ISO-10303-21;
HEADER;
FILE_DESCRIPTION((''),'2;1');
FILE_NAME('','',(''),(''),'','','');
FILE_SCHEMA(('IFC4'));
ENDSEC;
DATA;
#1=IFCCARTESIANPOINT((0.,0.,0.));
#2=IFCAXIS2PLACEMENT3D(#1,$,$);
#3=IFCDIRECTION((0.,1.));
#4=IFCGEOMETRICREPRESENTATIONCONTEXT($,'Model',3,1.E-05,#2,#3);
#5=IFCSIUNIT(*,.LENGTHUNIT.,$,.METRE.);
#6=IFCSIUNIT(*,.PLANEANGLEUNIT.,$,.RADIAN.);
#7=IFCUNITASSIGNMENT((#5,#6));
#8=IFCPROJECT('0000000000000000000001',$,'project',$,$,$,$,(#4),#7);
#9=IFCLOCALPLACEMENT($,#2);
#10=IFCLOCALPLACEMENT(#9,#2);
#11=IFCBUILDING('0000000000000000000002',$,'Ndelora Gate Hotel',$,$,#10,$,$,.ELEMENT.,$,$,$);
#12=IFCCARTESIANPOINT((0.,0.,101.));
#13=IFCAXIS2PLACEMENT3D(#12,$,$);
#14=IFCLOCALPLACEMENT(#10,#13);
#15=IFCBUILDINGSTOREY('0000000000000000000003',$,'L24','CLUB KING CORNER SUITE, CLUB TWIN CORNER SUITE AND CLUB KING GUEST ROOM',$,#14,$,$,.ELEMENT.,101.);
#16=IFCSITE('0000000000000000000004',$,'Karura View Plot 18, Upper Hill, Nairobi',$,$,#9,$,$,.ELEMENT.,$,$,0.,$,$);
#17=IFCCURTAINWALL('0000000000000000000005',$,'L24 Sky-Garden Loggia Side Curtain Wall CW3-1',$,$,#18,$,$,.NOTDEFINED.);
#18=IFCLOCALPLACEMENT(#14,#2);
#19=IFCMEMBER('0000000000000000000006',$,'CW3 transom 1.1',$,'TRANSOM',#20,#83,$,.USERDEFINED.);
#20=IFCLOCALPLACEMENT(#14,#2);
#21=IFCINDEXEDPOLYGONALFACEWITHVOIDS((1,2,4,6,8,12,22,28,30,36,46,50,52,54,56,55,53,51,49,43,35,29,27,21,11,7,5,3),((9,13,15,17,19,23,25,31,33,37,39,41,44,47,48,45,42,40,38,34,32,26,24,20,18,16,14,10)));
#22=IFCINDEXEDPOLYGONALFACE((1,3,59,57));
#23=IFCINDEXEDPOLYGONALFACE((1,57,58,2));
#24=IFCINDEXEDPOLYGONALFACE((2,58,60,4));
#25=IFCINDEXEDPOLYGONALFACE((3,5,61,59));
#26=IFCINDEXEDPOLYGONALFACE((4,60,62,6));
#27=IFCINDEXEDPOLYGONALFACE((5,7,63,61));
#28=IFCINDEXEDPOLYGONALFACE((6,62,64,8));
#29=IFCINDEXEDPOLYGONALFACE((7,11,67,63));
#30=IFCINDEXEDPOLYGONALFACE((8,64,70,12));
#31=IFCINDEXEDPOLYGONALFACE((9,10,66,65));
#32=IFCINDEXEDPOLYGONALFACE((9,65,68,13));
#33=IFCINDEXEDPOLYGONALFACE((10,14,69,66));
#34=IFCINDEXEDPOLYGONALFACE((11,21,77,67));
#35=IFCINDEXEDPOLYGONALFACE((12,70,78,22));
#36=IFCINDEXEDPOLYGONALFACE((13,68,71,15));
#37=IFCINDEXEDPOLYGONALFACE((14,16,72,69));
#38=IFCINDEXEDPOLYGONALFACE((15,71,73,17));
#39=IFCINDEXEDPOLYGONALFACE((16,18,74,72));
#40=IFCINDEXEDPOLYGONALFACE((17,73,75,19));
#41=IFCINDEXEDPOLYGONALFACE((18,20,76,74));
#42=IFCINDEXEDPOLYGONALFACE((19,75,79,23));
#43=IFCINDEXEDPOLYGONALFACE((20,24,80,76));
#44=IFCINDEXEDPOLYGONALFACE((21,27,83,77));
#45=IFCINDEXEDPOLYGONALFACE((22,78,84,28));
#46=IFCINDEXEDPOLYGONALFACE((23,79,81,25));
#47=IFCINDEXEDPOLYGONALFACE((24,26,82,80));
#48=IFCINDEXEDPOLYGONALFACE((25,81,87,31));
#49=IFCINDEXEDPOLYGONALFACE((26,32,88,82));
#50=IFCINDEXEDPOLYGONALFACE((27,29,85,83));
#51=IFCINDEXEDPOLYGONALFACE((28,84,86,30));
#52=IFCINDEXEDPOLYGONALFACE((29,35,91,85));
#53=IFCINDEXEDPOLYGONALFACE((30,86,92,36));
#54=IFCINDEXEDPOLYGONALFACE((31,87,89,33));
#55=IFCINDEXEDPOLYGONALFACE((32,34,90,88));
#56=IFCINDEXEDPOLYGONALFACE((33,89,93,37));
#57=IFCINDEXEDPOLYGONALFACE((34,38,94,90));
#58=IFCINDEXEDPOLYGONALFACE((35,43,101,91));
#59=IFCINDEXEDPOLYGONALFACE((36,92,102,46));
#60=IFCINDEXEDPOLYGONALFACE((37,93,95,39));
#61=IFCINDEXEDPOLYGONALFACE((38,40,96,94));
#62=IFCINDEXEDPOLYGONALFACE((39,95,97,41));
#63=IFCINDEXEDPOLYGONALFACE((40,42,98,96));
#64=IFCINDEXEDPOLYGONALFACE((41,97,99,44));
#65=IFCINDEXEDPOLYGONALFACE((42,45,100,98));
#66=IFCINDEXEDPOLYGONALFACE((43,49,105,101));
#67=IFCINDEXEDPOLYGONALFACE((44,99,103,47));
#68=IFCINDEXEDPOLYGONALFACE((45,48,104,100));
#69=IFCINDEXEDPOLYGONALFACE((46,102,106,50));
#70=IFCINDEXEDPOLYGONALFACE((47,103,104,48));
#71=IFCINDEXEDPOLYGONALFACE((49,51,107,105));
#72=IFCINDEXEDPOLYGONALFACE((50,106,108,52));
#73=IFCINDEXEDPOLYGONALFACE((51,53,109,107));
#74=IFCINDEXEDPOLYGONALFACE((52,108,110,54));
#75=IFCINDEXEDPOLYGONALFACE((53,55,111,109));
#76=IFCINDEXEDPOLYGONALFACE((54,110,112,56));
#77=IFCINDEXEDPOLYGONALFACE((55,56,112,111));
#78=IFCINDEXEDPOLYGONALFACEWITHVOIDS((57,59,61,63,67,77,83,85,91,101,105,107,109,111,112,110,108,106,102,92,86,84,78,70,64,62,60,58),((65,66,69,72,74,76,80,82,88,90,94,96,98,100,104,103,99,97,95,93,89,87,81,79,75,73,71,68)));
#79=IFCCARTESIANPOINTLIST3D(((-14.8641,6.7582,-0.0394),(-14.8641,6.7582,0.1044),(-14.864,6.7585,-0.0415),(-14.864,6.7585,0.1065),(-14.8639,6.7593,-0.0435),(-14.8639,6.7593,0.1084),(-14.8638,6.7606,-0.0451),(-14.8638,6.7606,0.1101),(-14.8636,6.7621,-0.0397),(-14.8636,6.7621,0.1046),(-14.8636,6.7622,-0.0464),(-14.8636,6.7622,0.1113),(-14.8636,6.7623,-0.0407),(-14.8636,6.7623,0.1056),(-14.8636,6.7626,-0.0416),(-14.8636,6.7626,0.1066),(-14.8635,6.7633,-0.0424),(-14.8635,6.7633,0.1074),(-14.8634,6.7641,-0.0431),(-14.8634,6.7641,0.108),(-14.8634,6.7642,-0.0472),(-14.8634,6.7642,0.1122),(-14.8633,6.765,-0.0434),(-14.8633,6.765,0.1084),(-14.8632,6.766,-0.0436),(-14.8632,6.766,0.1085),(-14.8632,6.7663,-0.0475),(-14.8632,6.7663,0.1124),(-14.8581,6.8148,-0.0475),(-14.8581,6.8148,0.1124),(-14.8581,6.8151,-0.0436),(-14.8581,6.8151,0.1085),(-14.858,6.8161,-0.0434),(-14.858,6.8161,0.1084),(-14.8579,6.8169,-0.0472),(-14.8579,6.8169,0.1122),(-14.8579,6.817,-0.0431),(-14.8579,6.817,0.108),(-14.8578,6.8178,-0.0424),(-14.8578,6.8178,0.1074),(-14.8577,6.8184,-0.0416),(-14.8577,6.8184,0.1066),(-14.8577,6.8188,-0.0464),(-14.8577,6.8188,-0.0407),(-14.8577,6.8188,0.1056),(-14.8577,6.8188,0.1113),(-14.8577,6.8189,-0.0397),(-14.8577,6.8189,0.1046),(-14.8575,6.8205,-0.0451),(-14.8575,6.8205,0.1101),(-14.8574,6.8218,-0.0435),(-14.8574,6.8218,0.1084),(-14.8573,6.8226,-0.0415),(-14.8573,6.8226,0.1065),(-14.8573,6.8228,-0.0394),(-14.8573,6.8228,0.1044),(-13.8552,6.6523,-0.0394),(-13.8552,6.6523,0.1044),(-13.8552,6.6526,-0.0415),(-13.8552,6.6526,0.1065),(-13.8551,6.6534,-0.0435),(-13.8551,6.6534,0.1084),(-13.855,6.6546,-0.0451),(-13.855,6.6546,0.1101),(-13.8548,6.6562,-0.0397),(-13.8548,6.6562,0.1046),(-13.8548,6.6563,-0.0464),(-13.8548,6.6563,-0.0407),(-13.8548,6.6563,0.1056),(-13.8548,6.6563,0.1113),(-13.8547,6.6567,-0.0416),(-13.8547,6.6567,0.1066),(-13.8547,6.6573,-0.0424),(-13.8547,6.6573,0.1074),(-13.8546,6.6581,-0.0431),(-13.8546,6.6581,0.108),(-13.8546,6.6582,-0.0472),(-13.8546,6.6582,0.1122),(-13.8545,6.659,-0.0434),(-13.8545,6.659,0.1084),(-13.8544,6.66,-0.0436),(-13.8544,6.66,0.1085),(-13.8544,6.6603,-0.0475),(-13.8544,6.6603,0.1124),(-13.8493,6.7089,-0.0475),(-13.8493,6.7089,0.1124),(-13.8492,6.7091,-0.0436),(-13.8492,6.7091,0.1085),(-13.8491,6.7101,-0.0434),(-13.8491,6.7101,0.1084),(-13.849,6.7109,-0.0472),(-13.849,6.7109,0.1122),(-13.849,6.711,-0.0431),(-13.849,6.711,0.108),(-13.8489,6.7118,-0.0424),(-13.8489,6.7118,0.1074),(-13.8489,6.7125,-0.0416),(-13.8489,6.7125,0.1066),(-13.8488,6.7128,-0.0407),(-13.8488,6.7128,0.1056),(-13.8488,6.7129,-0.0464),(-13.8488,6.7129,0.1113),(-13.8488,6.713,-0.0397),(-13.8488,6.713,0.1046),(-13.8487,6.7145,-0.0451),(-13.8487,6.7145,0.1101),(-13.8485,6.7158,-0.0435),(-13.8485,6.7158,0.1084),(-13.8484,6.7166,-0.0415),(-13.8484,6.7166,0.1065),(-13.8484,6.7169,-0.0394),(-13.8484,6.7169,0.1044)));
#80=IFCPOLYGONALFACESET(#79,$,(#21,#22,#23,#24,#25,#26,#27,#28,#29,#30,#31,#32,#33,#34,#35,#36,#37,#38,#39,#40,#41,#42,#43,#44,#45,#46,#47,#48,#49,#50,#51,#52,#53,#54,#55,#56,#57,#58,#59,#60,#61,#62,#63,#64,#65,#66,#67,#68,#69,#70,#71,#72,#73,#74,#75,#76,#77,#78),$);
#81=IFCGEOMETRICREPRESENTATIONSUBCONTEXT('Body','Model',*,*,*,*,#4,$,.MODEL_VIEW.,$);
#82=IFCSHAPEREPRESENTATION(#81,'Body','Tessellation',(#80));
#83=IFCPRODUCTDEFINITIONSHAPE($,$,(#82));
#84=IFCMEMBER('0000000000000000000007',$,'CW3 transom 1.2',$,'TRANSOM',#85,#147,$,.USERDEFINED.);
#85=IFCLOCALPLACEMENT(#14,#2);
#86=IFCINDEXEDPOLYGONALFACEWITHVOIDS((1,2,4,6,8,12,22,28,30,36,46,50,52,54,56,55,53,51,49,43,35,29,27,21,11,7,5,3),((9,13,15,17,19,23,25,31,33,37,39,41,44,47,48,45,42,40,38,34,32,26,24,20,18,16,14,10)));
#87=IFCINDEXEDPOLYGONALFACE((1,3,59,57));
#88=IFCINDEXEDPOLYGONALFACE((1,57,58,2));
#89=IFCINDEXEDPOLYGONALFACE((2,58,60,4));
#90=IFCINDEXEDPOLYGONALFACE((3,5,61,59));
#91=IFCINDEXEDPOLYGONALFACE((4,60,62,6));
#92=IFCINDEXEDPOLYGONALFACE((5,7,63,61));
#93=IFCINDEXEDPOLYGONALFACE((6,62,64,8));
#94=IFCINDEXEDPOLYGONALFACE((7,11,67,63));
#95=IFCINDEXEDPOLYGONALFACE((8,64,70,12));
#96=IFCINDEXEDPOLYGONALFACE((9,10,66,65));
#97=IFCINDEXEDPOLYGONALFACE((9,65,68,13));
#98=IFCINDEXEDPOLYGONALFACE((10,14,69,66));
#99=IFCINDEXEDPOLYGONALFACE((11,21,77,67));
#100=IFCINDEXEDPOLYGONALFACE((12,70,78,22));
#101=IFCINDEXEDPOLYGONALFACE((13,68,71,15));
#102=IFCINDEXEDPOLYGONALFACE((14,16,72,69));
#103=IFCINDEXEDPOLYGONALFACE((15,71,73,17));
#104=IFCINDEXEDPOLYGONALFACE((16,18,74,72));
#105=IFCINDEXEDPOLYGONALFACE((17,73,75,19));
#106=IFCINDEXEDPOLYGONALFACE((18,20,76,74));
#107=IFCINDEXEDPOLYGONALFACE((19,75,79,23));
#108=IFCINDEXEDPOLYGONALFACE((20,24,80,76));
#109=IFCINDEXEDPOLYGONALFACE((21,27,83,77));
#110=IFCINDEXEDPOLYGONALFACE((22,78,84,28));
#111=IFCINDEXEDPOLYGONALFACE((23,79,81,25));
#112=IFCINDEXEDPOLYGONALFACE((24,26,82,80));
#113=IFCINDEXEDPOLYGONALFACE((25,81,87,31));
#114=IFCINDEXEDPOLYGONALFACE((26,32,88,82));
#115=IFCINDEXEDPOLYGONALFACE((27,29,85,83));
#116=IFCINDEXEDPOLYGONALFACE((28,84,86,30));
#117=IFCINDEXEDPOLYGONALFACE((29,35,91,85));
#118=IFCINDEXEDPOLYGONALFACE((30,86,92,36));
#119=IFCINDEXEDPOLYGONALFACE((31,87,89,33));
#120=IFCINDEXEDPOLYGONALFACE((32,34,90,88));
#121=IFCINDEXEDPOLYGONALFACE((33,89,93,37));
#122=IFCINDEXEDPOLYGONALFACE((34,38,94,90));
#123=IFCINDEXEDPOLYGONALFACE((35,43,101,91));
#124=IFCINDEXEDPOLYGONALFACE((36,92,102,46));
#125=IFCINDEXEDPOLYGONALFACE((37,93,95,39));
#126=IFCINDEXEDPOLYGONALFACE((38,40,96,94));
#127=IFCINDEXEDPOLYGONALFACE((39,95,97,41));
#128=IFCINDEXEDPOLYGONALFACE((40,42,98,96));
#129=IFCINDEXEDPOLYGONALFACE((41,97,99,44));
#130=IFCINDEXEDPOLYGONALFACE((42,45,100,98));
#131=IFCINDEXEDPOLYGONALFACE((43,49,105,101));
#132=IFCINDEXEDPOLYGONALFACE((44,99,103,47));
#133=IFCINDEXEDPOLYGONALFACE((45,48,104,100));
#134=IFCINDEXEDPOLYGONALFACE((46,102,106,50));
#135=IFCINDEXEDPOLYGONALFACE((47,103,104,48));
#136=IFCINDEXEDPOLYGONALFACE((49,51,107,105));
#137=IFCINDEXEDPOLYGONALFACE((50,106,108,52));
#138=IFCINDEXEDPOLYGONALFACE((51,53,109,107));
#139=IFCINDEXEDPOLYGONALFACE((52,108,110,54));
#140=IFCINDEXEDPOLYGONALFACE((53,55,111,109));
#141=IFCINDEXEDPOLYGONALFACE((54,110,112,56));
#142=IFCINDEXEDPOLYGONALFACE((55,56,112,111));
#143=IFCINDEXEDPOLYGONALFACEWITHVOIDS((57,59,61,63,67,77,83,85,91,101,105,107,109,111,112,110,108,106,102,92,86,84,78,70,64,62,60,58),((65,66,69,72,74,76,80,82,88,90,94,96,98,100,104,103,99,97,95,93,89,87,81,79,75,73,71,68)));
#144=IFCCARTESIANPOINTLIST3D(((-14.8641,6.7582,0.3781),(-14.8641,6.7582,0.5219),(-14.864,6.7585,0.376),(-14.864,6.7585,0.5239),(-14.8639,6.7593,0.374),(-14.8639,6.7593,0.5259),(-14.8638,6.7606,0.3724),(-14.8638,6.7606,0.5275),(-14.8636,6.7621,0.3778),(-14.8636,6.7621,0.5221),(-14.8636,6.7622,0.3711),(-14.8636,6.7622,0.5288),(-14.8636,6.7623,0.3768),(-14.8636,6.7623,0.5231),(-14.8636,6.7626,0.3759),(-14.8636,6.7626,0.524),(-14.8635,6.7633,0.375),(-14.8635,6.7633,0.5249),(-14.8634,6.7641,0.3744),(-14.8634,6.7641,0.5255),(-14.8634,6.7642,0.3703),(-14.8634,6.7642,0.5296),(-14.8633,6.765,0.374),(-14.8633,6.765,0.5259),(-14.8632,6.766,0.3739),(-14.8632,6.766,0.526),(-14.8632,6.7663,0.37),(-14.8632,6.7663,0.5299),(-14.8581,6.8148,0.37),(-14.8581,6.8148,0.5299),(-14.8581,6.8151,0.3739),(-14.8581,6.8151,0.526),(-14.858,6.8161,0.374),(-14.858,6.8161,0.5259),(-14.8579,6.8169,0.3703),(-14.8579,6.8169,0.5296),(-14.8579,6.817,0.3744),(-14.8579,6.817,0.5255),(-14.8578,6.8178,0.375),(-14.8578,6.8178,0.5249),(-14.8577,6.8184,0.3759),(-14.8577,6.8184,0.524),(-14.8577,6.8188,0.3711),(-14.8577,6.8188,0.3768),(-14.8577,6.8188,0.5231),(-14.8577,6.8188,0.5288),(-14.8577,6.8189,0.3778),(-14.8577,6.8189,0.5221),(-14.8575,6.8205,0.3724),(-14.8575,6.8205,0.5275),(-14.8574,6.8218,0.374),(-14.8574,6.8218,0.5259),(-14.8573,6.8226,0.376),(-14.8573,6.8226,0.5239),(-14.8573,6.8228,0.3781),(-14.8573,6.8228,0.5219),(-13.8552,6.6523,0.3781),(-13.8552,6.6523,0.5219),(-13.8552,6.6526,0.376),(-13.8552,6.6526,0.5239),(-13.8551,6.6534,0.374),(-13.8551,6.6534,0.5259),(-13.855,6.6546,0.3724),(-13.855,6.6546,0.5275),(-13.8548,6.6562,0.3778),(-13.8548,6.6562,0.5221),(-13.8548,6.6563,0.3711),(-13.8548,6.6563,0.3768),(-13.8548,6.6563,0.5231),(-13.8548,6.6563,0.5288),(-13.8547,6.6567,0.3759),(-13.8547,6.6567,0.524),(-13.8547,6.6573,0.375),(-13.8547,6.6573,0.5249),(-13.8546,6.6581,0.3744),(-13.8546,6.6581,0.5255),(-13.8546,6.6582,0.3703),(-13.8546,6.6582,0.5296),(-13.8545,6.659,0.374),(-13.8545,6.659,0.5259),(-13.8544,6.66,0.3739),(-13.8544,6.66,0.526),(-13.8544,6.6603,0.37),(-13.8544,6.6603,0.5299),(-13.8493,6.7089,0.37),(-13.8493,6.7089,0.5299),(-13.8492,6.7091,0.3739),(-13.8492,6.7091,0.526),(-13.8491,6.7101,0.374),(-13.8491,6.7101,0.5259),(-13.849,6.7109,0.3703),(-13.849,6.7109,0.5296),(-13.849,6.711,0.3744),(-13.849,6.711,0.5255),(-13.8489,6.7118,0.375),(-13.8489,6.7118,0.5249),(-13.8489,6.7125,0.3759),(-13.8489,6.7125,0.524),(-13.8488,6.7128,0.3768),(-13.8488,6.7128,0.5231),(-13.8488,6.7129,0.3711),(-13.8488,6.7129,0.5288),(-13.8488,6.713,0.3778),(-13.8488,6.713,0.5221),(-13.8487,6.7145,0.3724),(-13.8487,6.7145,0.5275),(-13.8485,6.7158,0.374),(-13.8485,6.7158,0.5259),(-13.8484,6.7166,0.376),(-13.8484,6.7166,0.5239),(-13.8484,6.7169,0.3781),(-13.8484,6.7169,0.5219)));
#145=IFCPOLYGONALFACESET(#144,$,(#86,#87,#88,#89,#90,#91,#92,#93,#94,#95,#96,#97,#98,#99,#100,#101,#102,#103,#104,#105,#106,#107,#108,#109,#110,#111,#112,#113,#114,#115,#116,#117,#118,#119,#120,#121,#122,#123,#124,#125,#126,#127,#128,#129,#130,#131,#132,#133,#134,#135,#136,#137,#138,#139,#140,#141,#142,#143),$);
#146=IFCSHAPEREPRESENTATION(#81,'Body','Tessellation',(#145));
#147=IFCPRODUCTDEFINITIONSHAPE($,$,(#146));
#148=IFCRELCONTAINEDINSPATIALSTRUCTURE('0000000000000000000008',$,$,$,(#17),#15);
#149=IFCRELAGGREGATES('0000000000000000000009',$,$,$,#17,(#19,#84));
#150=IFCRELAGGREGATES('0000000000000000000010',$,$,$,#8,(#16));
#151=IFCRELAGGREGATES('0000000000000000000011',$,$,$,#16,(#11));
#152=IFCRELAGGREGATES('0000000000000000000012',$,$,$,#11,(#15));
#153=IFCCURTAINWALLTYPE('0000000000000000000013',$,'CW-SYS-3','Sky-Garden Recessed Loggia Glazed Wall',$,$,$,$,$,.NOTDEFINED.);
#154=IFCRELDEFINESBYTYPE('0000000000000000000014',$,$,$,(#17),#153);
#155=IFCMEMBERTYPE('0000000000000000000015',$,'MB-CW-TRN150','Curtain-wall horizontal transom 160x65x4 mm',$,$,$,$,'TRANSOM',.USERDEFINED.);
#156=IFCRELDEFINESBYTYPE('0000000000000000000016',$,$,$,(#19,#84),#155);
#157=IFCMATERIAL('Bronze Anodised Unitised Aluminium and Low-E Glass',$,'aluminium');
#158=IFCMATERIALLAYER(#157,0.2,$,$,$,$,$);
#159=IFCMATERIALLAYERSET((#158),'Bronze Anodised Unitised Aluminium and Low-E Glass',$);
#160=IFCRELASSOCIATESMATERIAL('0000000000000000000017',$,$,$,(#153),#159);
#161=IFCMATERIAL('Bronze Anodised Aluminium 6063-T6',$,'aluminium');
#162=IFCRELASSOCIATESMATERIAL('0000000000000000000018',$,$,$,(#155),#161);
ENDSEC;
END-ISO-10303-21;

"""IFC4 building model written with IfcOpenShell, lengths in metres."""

from ifc_helpers import new_model, si_unit, direction, frame, origin, origin_2d, place, context, subcontext, project, spatial, hollow_rectangle, extrude, material, layer, layer_set, material_profile, profile_set, type_object, element, aggregate, save


model = new_model("IFC4")

# Units and contexts
model_context = context("Model", 3, precision=1e-05, world=origin(), true_north=direction((0.0, 1.0)))
body_context = subcontext(model_context, "Body", "Model", "MODEL_VIEW")
ifc_project = project(units=[si_unit("LENGTHUNIT", "METRE"), si_unit("PLANEANGLEUNIT", "RADIAN")], contexts=[model_context])

# Site, building, storey
site_placement = place(None, origin())
site = spatial("IfcSite", under=ifc_project, at=site_placement, Name="Karura View Plot 18, Upper Hill, Nairobi", CompositionType="ELEMENT", RefElevation=0.0)
building_placement = place(site_placement, origin())
building = spatial("IfcBuilding", under=site, at=building_placement, Name="Ndelora Gate Hotel", CompositionType="ELEMENT")
storey_placement = place(building_placement, frame((0.0, 0.0, 101.0)))
storey = spatial("IfcBuildingStorey", under=building, at=storey_placement, Name="L24", Description="CLUB KING CORNER SUITE, CLUB TWIN CORNER SUITE AND CLUB KING GUEST ROOM", CompositionType="ELEMENT", Elevation=101.0)

# Curtain wall, members
ifc_material_1 = material(Name="Bronze Anodised Unitised Aluminium and Low-E Glass", Category="aluminium")
ifc_layer_1 = layer(ifc_material_1, 0.2)
ifc_layer_set_1 = layer_set([ifc_layer_1], Name="Bronze Anodised Unitised Aluminium and Low-E Glass")
curtain_wall_type = type_object("IfcCurtainWallType", Name="CW-SYS-3", Description="Sky-Garden Recessed Loggia Glazed Wall", PredefinedType="NOTDEFINED", material=ifc_layer_set_1)
curtain_wall_placement = place(storey_placement, origin())
curtain_wall = element("IfcCurtainWall", 1, at=curtain_wall_placement, inside=storey, type_object=curtain_wall_type, Name="L24 Sky-Garden Loggia Side Curtain Wall CW3-1", PredefinedType="NOTDEFINED")
ifc_material_2 = material(Name="Bronze Anodised Aluminium 6063-T6", Category="aluminium")
ifc_material_profile_1 = material_profile(ifc_material_2, hollow_rectangle(XDim=0.0649, YDim=0.1599, WallThickness=0.0039, InnerFilletRadius=0.0039, OuterFilletRadius=0.0081, at=origin_2d()), Name="ALU 160x65x4")
ifc_profile_set_1 = profile_set([ifc_material_profile_1], Name="Bronze Anodised Aluminium 6063-T6")
member_type_1 = type_object("IfcMemberType", Name="MB-CW-TRN150", Description="Curtain-wall horizontal transom 160x65x4 mm", ElementType="TRANSOM", PredefinedType="USERDEFINED", material=ifc_profile_set_1)
member_1_placement = place(storey_placement, frame((-13.8518, 6.6846, 0.0325), z_axis=(-0.994529, 0.104459, 0.0), x_axis=(-0.104459, -0.994529, 0.0)))
member_1 = element("IfcMember", 2, at=member_1_placement, type_object=member_type_1, Name="CW3 transom 1.1", ObjectType="TRANSOM", PredefinedType="USERDEFINED", context=body_context, shape_type="SweptSolid", body=[
    extrude(hollow_rectangle(XDim=0.0649, YDim=0.1599, WallThickness=0.0039, InnerFilletRadius=0.0039, OuterFilletRadius=0.0081, at=origin_2d()), origin(), (0.0, 0.0, 1.0), 1.0144),
])
member_2_placement = place(storey_placement, frame((-13.8518, 6.6846, 0.45), z_axis=(-0.994529, 0.104459, 0.0), x_axis=(-0.104459, -0.994529, 0.0)))
member_2 = element("IfcMember", 3, at=member_2_placement, type_object=member_type_1, Name="CW3 transom 1.2", ObjectType="TRANSOM", PredefinedType="USERDEFINED", context=body_context, shape_type="SweptSolid", body=[
    extrude(hollow_rectangle(XDim=0.0649, YDim=0.1599, WallThickness=0.0039, InnerFilletRadius=0.0039, OuterFilletRadius=0.0081, at=origin_2d()), origin(), (0.0, 0.0, 1.0), 1.0144),
])
aggregate(curtain_wall, [member_1, member_2])

save(model, "model.ifc")
